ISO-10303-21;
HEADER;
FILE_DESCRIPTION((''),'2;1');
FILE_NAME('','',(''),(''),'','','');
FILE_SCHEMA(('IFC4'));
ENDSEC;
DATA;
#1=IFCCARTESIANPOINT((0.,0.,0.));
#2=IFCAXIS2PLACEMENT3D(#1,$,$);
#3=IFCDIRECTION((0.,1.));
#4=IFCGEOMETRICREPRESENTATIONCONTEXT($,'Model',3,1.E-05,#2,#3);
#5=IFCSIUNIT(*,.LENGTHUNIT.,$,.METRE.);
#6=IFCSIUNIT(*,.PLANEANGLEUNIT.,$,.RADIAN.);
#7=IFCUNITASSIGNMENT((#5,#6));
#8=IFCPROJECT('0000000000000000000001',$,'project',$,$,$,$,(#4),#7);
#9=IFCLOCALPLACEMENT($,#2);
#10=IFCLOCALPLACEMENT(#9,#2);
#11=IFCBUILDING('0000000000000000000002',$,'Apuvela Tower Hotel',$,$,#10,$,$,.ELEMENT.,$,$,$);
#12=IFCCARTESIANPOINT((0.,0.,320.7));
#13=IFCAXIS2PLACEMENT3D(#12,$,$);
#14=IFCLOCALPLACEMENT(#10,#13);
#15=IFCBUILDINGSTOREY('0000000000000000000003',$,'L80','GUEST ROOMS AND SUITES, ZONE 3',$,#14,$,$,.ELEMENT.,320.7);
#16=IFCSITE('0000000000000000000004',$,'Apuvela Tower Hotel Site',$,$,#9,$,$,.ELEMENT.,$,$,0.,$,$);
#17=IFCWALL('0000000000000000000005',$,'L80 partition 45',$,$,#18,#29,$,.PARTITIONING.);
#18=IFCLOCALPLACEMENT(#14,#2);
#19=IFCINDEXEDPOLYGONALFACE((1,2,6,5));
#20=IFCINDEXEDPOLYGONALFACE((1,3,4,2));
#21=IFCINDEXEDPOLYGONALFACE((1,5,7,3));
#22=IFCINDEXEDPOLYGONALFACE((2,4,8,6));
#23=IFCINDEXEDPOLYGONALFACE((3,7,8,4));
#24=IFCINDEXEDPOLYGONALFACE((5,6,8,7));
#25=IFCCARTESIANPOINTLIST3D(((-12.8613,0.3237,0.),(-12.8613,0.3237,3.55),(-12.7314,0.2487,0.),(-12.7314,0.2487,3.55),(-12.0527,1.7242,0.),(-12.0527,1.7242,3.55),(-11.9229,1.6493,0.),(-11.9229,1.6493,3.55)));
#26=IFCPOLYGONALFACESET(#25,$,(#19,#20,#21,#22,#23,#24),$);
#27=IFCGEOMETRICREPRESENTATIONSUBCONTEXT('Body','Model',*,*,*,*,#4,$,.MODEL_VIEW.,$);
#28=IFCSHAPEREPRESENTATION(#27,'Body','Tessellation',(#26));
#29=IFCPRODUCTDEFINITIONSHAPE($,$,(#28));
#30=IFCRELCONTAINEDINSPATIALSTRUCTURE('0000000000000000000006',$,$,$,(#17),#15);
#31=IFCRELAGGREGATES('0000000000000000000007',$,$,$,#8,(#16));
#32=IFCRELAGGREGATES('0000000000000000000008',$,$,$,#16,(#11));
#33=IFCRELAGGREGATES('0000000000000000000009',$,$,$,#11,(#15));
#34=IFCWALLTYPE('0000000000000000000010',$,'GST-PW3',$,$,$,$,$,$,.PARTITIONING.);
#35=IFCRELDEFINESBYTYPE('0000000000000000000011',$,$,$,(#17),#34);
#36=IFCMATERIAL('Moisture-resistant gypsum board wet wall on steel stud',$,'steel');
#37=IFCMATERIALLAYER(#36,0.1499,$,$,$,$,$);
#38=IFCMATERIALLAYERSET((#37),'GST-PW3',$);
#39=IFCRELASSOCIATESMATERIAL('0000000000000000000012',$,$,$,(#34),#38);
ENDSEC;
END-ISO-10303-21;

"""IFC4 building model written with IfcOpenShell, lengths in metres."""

from ifc_helpers import new_model, si_unit, direction, frame, frame_2d, origin, place, context, subcontext, project, spatial, rectangle, extrude, material, layer, layer_set, type_object, element, save


model = new_model("IFC4")

# Units and contexts
model_context = context("Model", 3, precision=1e-05, world=origin(), true_north=direction((0.0, 1.0)))
body_context = subcontext(model_context, "Body", "Model", "MODEL_VIEW")
ifc_project = project(units=[si_unit("LENGTHUNIT", "METRE"), si_unit("PLANEANGLEUNIT", "RADIAN")], contexts=[model_context])

# Site, building, storey
site_placement = place(None, origin())
site = spatial("IfcSite", under=ifc_project, at=site_placement, Name="Apuvela Tower Hotel Site", CompositionType="ELEMENT", RefElevation=0.0)
building_placement = place(site_placement, origin())
building = spatial("IfcBuilding", under=site, at=building_placement, Name="Apuvela Tower Hotel", CompositionType="ELEMENT")
storey_placement = place(building_placement, frame((0.0, 0.0, 320.7)))
storey = spatial("IfcBuildingStorey", under=building, at=storey_placement, Name="L80", Description="GUEST ROOMS AND SUITES, ZONE 3", CompositionType="ELEMENT", Elevation=320.7)

# Shared definitions
ifc_material_1 = material(Name="Moisture-resistant gypsum board wet wall on steel stud", Category="steel")
ifc_layer_1 = layer(ifc_material_1, 0.1499)
ifc_layer_set_1 = layer_set([ifc_layer_1], Name="GST-PW3")
wall_type_1 = type_object("IfcWallType", Name="GST-PW3", PredefinedType="PARTITIONING", material=ifc_layer_set_1)

# Wall
wall_1_placement = place(storey_placement, frame((-11.9878, 1.6868, 0.0), z_axis=(0.0, 0.0, 1.0), x_axis=(-0.499971, -0.866042, 0.0)))
element("IfcWall", 1, at=wall_1_placement, inside=storey, type_object=wall_type_1, Name="L80 partition 45", PredefinedType="PARTITIONING", context=body_context, shape_type="SweptSolid", body=[
    extrude(rectangle(XDim=1.6172, YDim=0.1499, at=frame_2d((0.8086, 0.0))), origin(), (0.0, 0.0, 1.0), 3.55),
])

save(model, "model.ifc")
